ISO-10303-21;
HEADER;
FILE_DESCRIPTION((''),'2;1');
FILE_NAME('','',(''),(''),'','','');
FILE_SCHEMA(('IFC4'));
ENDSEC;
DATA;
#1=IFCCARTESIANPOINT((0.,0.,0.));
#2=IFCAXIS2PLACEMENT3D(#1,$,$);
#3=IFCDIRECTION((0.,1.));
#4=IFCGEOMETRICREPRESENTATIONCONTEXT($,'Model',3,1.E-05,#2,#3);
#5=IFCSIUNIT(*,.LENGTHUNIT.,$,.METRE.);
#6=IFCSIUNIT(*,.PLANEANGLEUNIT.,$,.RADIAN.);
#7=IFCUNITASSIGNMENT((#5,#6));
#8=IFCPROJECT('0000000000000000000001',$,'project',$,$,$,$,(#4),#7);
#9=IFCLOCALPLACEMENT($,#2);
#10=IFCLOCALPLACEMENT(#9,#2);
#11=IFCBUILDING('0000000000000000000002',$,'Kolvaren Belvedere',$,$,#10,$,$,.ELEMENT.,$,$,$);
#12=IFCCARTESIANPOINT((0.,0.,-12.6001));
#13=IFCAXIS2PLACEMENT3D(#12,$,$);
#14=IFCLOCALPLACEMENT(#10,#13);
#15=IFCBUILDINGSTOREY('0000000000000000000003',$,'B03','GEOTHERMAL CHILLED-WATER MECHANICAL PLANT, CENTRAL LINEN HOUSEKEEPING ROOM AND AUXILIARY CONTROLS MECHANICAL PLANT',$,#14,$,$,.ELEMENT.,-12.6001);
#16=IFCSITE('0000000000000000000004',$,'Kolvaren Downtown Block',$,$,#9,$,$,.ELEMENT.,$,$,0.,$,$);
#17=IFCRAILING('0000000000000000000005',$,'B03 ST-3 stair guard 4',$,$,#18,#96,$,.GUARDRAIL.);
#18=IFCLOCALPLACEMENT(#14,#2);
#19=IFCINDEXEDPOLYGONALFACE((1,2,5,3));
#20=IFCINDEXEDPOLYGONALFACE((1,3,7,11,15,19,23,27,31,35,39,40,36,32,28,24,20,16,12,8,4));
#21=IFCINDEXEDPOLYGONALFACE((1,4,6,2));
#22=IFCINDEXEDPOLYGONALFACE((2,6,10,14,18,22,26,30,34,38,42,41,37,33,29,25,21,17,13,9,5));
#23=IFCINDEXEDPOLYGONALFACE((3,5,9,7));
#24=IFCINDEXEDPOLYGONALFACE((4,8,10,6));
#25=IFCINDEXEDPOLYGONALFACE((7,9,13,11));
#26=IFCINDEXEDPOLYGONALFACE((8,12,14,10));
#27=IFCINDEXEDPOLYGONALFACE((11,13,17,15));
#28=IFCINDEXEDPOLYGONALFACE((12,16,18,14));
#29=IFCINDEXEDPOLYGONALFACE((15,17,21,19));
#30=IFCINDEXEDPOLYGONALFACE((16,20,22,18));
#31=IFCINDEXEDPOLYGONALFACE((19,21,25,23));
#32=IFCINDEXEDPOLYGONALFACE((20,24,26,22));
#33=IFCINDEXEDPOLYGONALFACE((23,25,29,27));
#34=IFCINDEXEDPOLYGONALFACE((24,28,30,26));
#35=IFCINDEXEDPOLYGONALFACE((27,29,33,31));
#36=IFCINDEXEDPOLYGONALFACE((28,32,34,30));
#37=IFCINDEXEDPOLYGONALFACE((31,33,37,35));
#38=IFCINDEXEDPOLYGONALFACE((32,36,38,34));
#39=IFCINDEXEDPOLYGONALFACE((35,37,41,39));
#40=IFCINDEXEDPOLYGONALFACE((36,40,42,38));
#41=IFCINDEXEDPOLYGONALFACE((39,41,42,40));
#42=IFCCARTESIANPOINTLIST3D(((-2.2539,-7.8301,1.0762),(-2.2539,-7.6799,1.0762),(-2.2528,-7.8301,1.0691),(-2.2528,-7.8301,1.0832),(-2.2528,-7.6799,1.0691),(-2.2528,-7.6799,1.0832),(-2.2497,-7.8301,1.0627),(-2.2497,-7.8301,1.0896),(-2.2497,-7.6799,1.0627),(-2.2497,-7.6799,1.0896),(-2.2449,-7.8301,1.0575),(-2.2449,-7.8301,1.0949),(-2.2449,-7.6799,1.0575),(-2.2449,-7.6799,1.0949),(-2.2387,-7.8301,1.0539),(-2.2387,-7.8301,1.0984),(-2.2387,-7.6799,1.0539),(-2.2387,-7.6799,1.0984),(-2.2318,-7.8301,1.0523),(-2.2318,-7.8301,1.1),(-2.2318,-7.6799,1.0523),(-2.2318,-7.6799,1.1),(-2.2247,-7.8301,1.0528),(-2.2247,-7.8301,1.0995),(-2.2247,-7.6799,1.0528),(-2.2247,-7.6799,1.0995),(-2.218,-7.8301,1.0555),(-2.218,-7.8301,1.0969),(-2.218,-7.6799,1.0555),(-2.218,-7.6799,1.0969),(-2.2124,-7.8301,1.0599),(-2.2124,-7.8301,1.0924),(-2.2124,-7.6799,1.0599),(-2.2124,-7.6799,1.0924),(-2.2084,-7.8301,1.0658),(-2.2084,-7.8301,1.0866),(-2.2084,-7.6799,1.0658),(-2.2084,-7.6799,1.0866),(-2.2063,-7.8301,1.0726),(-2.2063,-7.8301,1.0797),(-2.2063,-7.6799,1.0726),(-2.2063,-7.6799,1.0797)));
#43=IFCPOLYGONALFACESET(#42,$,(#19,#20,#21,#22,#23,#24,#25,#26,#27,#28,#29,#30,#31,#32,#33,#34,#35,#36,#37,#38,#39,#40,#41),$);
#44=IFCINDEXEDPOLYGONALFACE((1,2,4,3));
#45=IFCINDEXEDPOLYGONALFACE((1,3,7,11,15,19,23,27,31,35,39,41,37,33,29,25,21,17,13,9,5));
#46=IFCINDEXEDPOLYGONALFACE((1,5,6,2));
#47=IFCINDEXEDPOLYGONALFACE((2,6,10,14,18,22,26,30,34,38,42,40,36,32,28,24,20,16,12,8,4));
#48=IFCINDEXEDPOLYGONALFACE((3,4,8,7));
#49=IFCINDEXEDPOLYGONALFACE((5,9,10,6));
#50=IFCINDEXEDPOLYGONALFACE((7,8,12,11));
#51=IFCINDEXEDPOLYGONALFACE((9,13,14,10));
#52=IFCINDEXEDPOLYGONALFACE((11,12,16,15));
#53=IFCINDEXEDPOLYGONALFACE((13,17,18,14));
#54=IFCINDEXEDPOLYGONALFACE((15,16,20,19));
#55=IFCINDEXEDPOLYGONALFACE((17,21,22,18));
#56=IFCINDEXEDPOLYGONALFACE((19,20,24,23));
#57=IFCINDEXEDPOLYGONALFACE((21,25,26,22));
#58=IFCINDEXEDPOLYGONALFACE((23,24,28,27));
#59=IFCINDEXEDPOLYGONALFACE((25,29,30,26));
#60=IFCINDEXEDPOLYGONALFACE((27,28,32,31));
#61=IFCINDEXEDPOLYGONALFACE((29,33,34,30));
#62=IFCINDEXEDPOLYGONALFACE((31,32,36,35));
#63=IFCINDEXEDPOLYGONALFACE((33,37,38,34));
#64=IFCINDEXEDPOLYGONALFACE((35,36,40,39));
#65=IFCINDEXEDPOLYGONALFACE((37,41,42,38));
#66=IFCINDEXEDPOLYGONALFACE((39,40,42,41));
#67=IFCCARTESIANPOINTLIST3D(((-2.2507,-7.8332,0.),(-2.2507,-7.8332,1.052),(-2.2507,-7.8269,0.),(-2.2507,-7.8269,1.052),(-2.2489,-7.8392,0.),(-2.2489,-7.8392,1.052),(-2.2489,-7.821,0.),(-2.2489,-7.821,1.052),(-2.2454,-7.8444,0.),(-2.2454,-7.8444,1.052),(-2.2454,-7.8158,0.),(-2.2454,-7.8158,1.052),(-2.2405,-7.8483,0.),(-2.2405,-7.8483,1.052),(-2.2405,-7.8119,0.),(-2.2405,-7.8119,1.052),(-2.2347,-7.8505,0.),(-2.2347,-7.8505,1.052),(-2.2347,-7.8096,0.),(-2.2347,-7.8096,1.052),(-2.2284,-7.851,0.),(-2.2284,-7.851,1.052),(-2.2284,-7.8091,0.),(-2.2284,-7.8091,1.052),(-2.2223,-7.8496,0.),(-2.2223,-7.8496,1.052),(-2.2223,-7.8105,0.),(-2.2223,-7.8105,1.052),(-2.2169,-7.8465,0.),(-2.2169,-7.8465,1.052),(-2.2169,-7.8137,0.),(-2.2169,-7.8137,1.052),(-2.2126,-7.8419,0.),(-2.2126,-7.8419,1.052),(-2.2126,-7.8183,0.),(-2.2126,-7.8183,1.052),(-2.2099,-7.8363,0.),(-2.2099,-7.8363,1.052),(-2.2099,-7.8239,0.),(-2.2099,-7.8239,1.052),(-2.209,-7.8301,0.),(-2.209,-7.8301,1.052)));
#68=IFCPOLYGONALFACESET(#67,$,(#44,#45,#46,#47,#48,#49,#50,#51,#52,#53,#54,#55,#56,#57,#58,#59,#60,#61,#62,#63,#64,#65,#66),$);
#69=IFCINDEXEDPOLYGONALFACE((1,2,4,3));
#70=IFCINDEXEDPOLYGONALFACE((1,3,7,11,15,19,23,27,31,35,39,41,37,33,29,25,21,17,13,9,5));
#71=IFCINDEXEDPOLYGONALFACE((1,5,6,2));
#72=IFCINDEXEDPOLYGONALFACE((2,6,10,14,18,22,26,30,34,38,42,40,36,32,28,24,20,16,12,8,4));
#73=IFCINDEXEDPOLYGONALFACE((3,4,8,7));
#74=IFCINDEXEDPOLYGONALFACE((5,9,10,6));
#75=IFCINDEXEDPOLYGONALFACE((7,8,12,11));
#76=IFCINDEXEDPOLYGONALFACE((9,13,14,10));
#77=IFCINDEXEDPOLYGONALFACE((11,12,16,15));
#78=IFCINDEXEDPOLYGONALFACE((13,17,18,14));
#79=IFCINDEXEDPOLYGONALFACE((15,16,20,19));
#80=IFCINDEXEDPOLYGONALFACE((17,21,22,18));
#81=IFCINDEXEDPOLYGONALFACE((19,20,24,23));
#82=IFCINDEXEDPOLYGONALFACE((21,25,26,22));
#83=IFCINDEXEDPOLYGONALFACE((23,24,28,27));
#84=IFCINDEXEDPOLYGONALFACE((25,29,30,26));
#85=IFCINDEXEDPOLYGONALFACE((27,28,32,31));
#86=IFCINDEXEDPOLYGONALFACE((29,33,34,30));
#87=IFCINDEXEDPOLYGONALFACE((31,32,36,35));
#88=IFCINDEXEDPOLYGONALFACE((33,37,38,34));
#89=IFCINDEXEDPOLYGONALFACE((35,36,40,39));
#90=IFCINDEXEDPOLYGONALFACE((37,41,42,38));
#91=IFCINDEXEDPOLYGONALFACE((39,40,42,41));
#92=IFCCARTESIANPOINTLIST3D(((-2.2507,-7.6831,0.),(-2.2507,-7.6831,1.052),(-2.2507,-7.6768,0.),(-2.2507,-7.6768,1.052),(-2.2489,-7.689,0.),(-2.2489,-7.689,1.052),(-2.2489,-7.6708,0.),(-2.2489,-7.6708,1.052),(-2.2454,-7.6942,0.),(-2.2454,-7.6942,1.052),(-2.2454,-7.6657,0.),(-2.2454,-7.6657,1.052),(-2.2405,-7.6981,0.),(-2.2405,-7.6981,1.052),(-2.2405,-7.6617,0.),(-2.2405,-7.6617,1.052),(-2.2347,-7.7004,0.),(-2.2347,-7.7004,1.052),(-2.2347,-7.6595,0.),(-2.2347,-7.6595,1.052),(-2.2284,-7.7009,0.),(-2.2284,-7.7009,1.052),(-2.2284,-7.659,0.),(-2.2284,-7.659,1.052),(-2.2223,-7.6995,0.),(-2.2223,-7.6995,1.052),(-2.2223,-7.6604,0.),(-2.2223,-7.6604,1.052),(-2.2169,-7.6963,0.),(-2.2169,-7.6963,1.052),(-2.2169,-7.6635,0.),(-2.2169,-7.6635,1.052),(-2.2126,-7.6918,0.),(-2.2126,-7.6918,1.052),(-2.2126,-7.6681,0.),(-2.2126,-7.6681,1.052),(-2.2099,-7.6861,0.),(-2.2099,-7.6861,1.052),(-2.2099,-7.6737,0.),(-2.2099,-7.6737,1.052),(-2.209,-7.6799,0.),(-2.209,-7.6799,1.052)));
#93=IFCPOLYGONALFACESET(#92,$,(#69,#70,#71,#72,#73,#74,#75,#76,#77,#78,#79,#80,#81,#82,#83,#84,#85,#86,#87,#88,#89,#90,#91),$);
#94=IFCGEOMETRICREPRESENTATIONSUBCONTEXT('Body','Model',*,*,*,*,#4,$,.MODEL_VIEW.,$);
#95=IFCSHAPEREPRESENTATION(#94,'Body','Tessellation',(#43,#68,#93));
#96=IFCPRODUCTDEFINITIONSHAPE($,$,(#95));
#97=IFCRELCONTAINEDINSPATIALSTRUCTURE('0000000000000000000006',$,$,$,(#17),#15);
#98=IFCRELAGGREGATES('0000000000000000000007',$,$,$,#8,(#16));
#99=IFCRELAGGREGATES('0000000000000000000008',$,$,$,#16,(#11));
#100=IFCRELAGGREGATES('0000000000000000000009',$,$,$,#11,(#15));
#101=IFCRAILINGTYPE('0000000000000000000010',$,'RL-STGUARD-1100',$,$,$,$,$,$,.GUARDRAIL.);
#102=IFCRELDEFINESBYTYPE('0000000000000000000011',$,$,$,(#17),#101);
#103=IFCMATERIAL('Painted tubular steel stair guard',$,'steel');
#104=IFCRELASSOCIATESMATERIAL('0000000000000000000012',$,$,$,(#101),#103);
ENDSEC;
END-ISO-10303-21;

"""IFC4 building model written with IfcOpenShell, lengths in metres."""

from ifc_helpers import new_model, si_unit, direction, frame, origin, origin_2d, place, context, subcontext, project, spatial, circle, extrude, material, type_object, element, save


model = new_model("IFC4")

# Units and contexts
model_context = context("Model", 3, precision=1e-05, world=origin(), true_north=direction((0.0, 1.0)))
body_context = subcontext(model_context, "Body", "Model", "MODEL_VIEW")
ifc_project = project(units=[si_unit("LENGTHUNIT", "METRE"), si_unit("PLANEANGLEUNIT", "RADIAN")], contexts=[model_context])

# Site, building, storey
site_placement = place(None, origin())
site = spatial("IfcSite", under=ifc_project, at=site_placement, Name="Kolvaren Downtown Block", CompositionType="ELEMENT", RefElevation=0.0)
building_placement = place(site_placement, origin())
building = spatial("IfcBuilding", under=site, at=building_placement, Name="Kolvaren Belvedere", CompositionType="ELEMENT")
storey_placement = place(building_placement, frame((0.0, 0.0, -12.6001)))
storey = spatial("IfcBuildingStorey", under=building, at=storey_placement, Name="B03", Description="GEOTHERMAL CHILLED-WATER MECHANICAL PLANT, CENTRAL LINEN HOUSEKEEPING ROOM AND AUXILIARY CONTROLS MECHANICAL PLANT", CompositionType="ELEMENT", Elevation=-12.6001)

# Railing
ifc_material_1 = material(Name="Painted tubular steel stair guard", Category="steel")
railing_type_1 = type_object("IfcRailingType", Name="RL-STGUARD-1100", PredefinedType="GUARDRAIL", material=ifc_material_1)
railing_1_placement = place(storey_placement, frame((-2.23, -7.8301, 0.0)))
element("IfcRailing", 1, at=railing_1_placement, inside=storey, type_object=railing_type_1, Name="B03 ST-3 stair guard 4", PredefinedType="GUARDRAIL", context=body_context, shape_type="SweptSolid", body=[
    extrude(circle(Radius=0.0239, at=origin_2d()), frame((0.0, 0.0, 1.0762), z_axis=(0.0, 1.0, 0.0), x_axis=(-1.0, 0.0, 0.0)), (0.0, 0.0, 1.0), 0.1501),
    extrude(circle(Radius=0.021, at=origin_2d()), origin(), (0.0, 0.0, 1.0), 1.052),
    extrude(circle(Radius=0.021, at=origin_2d()), frame((0.0, 0.1501, 0.0)), (0.0, 0.0, 1.0), 1.052),
])

save(model, "model.ifc")
